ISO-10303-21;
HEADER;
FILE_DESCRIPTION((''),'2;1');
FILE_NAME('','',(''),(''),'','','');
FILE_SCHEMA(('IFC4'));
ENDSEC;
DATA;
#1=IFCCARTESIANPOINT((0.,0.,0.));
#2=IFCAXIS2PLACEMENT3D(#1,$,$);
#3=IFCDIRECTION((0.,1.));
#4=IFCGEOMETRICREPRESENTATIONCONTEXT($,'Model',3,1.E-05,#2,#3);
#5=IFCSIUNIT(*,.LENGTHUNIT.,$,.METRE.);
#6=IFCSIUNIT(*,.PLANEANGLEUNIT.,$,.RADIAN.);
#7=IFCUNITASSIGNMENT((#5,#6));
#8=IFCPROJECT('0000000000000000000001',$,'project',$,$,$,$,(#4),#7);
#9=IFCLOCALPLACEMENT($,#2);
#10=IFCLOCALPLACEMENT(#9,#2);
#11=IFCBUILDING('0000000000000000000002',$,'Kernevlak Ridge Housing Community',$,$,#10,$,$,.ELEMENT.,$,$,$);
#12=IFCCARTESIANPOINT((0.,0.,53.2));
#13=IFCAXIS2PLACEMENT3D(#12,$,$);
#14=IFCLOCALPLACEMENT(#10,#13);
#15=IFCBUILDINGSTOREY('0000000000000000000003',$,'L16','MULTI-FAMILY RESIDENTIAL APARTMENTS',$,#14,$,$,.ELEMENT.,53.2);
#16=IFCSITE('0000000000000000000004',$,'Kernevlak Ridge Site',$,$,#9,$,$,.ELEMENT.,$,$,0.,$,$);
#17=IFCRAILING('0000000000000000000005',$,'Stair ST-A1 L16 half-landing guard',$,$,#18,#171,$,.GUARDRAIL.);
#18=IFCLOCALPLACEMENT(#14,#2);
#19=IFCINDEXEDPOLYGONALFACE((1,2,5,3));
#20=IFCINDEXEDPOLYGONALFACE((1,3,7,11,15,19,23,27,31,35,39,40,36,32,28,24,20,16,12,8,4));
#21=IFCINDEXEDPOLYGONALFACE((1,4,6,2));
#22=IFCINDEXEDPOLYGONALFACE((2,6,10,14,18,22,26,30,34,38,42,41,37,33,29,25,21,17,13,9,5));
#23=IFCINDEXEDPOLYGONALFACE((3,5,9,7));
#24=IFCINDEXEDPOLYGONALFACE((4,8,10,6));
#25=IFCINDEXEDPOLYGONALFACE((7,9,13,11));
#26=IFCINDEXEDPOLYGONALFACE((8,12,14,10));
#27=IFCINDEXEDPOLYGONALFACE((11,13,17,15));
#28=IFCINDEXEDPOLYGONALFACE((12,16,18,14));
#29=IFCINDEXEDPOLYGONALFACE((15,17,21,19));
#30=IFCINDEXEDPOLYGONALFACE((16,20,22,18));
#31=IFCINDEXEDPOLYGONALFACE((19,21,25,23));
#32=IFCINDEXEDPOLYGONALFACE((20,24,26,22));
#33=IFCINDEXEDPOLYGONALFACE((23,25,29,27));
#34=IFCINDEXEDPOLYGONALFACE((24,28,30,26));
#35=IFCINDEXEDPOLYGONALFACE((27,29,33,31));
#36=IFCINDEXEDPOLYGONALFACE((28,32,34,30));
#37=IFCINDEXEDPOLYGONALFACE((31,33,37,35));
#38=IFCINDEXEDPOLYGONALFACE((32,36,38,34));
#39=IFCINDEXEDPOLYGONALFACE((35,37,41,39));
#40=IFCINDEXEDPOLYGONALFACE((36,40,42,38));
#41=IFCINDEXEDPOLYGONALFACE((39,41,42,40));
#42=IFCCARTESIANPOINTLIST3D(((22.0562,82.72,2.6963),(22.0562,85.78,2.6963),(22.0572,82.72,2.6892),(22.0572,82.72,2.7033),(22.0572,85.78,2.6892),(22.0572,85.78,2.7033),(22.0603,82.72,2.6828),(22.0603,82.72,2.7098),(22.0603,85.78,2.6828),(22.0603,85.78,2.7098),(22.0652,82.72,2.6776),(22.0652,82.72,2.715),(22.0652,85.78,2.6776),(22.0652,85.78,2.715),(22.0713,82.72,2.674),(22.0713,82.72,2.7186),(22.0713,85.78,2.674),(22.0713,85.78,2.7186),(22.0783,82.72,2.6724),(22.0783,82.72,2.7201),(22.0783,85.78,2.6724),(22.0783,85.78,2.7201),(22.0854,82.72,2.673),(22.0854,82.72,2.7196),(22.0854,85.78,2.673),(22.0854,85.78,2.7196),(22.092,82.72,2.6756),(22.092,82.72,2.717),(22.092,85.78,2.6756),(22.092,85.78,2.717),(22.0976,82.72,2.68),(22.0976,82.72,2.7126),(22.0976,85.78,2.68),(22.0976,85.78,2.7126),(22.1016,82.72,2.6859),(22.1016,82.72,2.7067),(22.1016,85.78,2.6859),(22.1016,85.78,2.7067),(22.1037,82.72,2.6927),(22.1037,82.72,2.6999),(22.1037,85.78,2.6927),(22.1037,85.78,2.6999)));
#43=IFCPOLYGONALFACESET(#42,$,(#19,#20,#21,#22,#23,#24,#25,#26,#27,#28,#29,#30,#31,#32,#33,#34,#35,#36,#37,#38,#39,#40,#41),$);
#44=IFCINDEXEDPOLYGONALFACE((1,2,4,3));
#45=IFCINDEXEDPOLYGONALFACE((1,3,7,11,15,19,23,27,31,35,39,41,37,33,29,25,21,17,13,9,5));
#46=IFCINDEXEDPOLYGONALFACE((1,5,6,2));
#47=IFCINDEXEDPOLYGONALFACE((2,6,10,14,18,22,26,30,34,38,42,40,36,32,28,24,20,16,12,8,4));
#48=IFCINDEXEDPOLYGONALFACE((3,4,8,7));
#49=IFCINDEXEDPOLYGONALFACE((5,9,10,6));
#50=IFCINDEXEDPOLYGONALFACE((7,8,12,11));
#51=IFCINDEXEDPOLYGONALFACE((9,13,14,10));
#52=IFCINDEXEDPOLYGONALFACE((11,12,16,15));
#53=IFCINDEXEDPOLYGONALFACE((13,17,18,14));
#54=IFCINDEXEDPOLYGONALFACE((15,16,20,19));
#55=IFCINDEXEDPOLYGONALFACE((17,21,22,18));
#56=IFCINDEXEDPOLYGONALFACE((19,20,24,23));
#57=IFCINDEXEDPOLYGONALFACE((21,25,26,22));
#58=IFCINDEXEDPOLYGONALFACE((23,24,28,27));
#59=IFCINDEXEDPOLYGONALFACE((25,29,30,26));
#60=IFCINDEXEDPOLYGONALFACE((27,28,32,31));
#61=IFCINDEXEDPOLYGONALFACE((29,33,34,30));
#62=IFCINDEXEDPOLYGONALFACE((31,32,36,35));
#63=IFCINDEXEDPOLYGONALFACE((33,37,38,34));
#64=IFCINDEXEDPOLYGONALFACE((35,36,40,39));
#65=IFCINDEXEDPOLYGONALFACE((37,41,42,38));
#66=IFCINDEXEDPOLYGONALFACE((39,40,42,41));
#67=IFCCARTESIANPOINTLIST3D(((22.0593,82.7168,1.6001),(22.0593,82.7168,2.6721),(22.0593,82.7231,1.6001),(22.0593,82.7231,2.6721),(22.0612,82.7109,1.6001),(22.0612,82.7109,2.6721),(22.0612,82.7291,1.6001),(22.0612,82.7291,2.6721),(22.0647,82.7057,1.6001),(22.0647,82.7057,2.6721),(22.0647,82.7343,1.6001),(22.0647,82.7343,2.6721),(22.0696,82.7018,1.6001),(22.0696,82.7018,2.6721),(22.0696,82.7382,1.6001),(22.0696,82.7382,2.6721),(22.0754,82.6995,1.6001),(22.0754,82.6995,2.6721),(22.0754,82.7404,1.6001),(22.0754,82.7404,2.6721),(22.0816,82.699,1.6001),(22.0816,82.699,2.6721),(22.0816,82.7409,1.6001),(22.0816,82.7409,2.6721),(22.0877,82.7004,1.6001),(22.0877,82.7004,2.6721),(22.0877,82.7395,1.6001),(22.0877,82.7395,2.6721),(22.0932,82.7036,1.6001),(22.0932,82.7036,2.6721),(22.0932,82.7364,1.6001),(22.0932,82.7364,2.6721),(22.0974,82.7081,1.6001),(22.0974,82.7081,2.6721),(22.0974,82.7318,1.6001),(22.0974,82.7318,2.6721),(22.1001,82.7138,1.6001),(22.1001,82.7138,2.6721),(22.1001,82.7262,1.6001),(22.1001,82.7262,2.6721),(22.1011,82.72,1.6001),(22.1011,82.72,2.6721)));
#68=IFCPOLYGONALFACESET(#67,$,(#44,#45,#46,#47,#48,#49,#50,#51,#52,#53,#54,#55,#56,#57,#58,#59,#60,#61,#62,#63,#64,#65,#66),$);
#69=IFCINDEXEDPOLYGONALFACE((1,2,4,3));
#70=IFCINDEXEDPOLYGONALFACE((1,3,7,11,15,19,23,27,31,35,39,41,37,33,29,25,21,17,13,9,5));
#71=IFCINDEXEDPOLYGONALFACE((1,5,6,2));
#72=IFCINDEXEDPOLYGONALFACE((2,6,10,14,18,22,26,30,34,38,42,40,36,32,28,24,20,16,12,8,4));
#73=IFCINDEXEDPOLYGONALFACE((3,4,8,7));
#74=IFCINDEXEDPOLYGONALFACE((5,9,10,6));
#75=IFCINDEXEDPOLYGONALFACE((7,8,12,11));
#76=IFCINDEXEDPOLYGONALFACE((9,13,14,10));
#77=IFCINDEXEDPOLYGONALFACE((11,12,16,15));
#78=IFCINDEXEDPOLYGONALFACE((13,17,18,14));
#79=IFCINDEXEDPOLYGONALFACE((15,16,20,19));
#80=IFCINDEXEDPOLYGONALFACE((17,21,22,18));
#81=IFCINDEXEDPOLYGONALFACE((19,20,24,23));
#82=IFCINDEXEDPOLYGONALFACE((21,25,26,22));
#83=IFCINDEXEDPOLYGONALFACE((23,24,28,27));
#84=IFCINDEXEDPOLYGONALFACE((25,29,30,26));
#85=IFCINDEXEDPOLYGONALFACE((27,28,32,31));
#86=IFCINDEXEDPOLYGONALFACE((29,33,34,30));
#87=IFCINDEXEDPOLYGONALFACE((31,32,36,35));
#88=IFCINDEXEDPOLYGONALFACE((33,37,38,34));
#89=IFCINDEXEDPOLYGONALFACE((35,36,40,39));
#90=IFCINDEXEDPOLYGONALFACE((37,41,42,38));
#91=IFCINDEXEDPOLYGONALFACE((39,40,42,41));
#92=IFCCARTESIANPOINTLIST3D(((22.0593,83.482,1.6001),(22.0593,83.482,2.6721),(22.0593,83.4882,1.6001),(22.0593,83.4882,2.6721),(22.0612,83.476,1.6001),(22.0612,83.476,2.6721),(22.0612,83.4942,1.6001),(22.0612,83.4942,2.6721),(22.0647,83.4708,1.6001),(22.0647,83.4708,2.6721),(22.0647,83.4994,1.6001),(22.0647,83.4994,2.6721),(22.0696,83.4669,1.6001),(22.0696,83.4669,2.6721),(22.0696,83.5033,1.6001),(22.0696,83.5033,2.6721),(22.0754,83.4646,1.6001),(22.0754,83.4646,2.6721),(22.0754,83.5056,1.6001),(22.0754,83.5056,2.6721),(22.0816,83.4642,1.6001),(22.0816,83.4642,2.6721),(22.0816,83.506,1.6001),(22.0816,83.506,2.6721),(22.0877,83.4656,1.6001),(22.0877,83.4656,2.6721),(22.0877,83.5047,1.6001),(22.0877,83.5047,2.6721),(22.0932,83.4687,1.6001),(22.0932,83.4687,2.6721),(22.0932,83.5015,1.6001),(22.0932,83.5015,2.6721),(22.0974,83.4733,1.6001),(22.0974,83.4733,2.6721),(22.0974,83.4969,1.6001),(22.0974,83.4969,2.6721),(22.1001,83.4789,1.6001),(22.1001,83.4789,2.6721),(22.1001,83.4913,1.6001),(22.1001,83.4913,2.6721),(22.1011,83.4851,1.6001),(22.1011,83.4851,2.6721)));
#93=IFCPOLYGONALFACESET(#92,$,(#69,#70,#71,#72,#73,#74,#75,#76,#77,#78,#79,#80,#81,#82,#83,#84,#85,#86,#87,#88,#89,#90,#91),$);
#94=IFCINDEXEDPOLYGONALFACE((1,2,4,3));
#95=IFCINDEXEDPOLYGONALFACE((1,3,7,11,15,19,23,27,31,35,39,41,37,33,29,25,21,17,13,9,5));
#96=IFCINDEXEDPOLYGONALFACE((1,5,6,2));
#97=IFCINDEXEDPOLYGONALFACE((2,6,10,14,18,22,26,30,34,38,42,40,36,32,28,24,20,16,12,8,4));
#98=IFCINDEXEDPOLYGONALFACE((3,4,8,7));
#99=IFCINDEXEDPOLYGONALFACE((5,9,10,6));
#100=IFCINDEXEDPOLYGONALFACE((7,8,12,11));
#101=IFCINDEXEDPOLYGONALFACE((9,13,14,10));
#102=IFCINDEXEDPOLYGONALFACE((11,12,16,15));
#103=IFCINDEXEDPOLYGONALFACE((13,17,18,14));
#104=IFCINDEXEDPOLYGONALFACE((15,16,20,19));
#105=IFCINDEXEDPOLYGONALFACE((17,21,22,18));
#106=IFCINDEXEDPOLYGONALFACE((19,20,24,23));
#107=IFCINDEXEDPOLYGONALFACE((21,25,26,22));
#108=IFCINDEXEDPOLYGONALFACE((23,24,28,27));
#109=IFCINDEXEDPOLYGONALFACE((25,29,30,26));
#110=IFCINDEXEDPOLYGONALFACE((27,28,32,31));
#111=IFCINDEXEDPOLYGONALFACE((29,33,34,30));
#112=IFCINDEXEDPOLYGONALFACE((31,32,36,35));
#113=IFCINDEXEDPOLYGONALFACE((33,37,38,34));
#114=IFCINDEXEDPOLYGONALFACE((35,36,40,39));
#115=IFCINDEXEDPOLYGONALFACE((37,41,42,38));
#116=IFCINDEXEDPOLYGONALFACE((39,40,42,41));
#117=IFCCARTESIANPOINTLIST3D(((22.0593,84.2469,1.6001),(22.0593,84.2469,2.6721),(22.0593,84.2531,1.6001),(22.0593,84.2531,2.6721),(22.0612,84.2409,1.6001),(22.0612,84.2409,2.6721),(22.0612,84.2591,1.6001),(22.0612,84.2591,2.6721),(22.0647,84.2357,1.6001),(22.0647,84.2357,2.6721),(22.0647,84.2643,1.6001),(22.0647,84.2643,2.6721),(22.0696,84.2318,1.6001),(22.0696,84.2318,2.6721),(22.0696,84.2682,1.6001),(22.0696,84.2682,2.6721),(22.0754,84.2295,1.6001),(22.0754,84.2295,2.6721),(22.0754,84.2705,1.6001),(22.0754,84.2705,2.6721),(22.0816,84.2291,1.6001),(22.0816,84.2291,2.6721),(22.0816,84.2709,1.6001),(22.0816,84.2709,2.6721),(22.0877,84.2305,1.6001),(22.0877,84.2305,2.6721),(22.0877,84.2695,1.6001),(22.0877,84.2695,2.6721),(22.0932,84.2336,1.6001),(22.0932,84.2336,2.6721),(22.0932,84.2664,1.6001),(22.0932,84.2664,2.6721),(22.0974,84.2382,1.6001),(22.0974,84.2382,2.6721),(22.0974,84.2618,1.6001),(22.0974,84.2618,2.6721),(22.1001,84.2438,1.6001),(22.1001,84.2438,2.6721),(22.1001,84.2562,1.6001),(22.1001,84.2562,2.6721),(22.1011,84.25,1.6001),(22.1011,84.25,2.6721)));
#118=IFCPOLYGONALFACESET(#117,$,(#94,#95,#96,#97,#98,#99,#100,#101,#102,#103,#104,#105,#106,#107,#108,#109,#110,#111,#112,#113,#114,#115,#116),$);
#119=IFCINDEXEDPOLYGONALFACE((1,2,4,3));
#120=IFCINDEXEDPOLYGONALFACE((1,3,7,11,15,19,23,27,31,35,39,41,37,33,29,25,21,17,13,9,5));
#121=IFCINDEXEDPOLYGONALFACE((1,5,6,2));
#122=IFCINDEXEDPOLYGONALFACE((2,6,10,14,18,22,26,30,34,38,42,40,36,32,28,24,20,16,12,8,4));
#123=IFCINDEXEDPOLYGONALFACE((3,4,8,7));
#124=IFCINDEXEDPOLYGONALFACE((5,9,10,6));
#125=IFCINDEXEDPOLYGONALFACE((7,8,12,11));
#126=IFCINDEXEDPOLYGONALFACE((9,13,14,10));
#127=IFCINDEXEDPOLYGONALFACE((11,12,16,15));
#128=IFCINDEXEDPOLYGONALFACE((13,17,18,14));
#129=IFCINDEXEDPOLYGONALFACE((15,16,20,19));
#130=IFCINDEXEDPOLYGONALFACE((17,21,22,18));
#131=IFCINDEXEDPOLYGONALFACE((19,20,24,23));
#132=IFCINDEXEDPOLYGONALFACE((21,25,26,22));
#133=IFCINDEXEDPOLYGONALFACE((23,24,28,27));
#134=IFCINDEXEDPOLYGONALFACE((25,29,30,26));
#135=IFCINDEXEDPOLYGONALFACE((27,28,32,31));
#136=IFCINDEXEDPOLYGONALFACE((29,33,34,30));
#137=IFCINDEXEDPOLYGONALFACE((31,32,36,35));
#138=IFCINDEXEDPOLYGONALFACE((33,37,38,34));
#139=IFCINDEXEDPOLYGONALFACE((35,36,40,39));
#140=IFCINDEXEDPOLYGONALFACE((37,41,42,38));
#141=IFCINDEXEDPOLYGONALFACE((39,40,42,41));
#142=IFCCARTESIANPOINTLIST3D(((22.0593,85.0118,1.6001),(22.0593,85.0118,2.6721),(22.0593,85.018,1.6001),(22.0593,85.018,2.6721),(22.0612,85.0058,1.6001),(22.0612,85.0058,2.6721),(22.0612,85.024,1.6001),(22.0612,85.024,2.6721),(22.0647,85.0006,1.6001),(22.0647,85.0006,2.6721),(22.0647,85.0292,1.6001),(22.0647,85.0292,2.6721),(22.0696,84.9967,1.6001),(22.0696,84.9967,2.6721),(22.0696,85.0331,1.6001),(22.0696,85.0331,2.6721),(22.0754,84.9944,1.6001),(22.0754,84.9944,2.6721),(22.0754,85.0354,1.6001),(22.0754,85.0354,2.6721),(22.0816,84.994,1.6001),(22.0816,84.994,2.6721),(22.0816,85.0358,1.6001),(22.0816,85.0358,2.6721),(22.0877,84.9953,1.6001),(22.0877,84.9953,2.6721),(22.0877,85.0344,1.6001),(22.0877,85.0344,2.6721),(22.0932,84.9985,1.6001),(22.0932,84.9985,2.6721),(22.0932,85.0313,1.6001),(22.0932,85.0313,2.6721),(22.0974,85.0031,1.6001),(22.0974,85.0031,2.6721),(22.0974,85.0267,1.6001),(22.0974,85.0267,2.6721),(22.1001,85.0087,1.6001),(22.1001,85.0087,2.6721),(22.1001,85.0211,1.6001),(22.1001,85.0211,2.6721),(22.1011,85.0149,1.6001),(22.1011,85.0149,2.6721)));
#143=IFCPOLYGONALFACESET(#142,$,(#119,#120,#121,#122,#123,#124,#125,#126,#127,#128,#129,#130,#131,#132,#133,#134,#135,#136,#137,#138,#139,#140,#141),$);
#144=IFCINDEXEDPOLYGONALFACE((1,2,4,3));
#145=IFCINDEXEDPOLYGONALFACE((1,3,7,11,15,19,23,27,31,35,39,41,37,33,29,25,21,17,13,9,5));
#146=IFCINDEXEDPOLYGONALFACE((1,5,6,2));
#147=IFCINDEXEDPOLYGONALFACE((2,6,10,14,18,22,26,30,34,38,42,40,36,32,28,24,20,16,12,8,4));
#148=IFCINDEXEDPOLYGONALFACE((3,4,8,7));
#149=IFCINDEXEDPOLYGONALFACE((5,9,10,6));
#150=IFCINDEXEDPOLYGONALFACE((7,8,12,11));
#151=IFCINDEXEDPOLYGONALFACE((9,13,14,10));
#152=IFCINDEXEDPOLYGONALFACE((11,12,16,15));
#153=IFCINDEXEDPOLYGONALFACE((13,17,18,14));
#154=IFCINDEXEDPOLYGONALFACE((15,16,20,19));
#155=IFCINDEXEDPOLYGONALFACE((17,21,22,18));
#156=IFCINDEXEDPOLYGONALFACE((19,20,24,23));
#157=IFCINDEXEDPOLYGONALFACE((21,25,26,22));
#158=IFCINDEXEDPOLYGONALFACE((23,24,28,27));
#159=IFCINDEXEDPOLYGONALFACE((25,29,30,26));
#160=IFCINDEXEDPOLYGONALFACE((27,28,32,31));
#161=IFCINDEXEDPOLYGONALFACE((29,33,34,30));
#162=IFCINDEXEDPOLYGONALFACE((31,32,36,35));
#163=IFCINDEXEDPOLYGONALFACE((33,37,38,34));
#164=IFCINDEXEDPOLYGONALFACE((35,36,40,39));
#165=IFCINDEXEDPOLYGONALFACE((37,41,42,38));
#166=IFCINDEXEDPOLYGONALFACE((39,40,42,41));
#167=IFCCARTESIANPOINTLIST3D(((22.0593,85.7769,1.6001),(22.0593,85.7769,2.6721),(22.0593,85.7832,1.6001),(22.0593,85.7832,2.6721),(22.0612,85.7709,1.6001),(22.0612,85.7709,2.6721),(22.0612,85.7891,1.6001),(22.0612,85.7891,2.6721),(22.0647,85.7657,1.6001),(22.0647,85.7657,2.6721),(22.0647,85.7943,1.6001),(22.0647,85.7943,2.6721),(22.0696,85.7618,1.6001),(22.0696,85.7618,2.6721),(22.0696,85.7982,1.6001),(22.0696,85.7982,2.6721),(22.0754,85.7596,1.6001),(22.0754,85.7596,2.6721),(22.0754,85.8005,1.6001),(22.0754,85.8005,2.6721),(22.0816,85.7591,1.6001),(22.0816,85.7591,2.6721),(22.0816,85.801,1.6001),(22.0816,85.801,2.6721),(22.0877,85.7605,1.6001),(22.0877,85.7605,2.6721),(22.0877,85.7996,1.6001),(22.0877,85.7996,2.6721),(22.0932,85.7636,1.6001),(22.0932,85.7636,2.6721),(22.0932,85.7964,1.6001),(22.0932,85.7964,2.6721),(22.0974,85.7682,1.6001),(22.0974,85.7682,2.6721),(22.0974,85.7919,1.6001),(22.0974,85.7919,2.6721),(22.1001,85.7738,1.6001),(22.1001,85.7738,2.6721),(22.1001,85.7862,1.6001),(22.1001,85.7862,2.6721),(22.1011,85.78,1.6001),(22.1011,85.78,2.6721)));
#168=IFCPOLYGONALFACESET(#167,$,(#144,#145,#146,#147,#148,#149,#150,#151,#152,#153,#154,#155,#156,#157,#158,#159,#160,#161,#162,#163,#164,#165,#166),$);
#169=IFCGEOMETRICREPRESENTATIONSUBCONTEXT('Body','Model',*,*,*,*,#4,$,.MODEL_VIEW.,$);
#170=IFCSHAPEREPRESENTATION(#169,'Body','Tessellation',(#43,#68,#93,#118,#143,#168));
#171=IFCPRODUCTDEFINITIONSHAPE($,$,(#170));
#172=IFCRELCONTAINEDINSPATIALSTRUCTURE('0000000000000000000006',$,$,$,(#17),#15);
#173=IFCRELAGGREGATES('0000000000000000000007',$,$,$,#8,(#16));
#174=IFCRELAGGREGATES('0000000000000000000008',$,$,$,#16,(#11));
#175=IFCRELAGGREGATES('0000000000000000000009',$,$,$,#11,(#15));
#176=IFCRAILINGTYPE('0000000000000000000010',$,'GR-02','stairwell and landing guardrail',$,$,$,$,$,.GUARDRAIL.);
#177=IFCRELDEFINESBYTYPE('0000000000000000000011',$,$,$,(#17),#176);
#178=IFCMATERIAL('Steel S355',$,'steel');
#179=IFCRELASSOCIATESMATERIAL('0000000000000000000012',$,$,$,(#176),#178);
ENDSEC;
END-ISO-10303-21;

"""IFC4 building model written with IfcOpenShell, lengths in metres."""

from ifc_helpers import new_model, si_unit, direction, frame, origin, origin_2d, place, context, subcontext, project, spatial, circle, extrude, material, type_object, element, save


model = new_model("IFC4")

# Units and contexts
model_context = context("Model", 3, precision=1e-05, world=origin(), true_north=direction((0.0, 1.0)))
body_context = subcontext(model_context, "Body", "Model", "MODEL_VIEW")
ifc_project = project(units=[si_unit("LENGTHUNIT", "METRE"), si_unit("PLANEANGLEUNIT", "RADIAN")], contexts=[model_context])

# Site, building, storey
site_placement = place(None, origin())
site = spatial("IfcSite", under=ifc_project, at=site_placement, Name="Kernevlak Ridge Site", CompositionType="ELEMENT", RefElevation=0.0)
building_placement = place(site_placement, origin())
building = spatial("IfcBuilding", under=site, at=building_placement, Name="Kernevlak Ridge Housing Community", CompositionType="ELEMENT")
storey_placement = place(building_placement, frame((0.0, 0.0, 53.2)))
storey = spatial("IfcBuildingStorey", under=building, at=storey_placement, Name="L16", Description="MULTI-FAMILY RESIDENTIAL APARTMENTS", CompositionType="ELEMENT", Elevation=53.2)

# Railing
ifc_material_1 = material(Name="Steel S355", Category="steel")
railing_type_1 = type_object("IfcRailingType", Name="GR-02", Description="stairwell and landing guardrail", PredefinedType="GUARDRAIL", material=ifc_material_1)
railing_1_placement = place(storey_placement, frame((22.0801, 82.72, 1.6001)))
element("IfcRailing", 1, at=railing_1_placement, inside=storey, type_object=railing_type_1, Name="Stair ST-A1 L16 half-landing guard", PredefinedType="GUARDRAIL", context=body_context, shape_type="SweptSolid", body=[
    extrude(circle(Radius=0.0239, at=origin_2d()), frame((0.0, 0.0, 1.0962), z_axis=(0.0, 1.0, 0.0), x_axis=(-1.0, 0.0, 0.0)), (0.0, 0.0, 1.0), 3.0601),
    extrude(circle(Radius=0.021, at=origin_2d()), origin(), (0.0, 0.0, 1.0), 1.072),
    extrude(circle(Radius=0.021, at=origin_2d()), frame((0.0, 0.7651, 0.0)), (0.0, 0.0, 1.0), 1.072),
    extrude(circle(Radius=0.021, at=origin_2d()), frame((0.0, 1.53, 0.0)), (0.0, 0.0, 1.0), 1.072),
    extrude(circle(Radius=0.021, at=origin_2d()), frame((0.0, 2.2949, 0.0)), (0.0, 0.0, 1.0), 1.072),
    extrude(circle(Radius=0.021, at=origin_2d()), frame((0.0, 3.0601, 0.0)), (0.0, 0.0, 1.0), 1.072),
])

save(model, "model.ifc")
